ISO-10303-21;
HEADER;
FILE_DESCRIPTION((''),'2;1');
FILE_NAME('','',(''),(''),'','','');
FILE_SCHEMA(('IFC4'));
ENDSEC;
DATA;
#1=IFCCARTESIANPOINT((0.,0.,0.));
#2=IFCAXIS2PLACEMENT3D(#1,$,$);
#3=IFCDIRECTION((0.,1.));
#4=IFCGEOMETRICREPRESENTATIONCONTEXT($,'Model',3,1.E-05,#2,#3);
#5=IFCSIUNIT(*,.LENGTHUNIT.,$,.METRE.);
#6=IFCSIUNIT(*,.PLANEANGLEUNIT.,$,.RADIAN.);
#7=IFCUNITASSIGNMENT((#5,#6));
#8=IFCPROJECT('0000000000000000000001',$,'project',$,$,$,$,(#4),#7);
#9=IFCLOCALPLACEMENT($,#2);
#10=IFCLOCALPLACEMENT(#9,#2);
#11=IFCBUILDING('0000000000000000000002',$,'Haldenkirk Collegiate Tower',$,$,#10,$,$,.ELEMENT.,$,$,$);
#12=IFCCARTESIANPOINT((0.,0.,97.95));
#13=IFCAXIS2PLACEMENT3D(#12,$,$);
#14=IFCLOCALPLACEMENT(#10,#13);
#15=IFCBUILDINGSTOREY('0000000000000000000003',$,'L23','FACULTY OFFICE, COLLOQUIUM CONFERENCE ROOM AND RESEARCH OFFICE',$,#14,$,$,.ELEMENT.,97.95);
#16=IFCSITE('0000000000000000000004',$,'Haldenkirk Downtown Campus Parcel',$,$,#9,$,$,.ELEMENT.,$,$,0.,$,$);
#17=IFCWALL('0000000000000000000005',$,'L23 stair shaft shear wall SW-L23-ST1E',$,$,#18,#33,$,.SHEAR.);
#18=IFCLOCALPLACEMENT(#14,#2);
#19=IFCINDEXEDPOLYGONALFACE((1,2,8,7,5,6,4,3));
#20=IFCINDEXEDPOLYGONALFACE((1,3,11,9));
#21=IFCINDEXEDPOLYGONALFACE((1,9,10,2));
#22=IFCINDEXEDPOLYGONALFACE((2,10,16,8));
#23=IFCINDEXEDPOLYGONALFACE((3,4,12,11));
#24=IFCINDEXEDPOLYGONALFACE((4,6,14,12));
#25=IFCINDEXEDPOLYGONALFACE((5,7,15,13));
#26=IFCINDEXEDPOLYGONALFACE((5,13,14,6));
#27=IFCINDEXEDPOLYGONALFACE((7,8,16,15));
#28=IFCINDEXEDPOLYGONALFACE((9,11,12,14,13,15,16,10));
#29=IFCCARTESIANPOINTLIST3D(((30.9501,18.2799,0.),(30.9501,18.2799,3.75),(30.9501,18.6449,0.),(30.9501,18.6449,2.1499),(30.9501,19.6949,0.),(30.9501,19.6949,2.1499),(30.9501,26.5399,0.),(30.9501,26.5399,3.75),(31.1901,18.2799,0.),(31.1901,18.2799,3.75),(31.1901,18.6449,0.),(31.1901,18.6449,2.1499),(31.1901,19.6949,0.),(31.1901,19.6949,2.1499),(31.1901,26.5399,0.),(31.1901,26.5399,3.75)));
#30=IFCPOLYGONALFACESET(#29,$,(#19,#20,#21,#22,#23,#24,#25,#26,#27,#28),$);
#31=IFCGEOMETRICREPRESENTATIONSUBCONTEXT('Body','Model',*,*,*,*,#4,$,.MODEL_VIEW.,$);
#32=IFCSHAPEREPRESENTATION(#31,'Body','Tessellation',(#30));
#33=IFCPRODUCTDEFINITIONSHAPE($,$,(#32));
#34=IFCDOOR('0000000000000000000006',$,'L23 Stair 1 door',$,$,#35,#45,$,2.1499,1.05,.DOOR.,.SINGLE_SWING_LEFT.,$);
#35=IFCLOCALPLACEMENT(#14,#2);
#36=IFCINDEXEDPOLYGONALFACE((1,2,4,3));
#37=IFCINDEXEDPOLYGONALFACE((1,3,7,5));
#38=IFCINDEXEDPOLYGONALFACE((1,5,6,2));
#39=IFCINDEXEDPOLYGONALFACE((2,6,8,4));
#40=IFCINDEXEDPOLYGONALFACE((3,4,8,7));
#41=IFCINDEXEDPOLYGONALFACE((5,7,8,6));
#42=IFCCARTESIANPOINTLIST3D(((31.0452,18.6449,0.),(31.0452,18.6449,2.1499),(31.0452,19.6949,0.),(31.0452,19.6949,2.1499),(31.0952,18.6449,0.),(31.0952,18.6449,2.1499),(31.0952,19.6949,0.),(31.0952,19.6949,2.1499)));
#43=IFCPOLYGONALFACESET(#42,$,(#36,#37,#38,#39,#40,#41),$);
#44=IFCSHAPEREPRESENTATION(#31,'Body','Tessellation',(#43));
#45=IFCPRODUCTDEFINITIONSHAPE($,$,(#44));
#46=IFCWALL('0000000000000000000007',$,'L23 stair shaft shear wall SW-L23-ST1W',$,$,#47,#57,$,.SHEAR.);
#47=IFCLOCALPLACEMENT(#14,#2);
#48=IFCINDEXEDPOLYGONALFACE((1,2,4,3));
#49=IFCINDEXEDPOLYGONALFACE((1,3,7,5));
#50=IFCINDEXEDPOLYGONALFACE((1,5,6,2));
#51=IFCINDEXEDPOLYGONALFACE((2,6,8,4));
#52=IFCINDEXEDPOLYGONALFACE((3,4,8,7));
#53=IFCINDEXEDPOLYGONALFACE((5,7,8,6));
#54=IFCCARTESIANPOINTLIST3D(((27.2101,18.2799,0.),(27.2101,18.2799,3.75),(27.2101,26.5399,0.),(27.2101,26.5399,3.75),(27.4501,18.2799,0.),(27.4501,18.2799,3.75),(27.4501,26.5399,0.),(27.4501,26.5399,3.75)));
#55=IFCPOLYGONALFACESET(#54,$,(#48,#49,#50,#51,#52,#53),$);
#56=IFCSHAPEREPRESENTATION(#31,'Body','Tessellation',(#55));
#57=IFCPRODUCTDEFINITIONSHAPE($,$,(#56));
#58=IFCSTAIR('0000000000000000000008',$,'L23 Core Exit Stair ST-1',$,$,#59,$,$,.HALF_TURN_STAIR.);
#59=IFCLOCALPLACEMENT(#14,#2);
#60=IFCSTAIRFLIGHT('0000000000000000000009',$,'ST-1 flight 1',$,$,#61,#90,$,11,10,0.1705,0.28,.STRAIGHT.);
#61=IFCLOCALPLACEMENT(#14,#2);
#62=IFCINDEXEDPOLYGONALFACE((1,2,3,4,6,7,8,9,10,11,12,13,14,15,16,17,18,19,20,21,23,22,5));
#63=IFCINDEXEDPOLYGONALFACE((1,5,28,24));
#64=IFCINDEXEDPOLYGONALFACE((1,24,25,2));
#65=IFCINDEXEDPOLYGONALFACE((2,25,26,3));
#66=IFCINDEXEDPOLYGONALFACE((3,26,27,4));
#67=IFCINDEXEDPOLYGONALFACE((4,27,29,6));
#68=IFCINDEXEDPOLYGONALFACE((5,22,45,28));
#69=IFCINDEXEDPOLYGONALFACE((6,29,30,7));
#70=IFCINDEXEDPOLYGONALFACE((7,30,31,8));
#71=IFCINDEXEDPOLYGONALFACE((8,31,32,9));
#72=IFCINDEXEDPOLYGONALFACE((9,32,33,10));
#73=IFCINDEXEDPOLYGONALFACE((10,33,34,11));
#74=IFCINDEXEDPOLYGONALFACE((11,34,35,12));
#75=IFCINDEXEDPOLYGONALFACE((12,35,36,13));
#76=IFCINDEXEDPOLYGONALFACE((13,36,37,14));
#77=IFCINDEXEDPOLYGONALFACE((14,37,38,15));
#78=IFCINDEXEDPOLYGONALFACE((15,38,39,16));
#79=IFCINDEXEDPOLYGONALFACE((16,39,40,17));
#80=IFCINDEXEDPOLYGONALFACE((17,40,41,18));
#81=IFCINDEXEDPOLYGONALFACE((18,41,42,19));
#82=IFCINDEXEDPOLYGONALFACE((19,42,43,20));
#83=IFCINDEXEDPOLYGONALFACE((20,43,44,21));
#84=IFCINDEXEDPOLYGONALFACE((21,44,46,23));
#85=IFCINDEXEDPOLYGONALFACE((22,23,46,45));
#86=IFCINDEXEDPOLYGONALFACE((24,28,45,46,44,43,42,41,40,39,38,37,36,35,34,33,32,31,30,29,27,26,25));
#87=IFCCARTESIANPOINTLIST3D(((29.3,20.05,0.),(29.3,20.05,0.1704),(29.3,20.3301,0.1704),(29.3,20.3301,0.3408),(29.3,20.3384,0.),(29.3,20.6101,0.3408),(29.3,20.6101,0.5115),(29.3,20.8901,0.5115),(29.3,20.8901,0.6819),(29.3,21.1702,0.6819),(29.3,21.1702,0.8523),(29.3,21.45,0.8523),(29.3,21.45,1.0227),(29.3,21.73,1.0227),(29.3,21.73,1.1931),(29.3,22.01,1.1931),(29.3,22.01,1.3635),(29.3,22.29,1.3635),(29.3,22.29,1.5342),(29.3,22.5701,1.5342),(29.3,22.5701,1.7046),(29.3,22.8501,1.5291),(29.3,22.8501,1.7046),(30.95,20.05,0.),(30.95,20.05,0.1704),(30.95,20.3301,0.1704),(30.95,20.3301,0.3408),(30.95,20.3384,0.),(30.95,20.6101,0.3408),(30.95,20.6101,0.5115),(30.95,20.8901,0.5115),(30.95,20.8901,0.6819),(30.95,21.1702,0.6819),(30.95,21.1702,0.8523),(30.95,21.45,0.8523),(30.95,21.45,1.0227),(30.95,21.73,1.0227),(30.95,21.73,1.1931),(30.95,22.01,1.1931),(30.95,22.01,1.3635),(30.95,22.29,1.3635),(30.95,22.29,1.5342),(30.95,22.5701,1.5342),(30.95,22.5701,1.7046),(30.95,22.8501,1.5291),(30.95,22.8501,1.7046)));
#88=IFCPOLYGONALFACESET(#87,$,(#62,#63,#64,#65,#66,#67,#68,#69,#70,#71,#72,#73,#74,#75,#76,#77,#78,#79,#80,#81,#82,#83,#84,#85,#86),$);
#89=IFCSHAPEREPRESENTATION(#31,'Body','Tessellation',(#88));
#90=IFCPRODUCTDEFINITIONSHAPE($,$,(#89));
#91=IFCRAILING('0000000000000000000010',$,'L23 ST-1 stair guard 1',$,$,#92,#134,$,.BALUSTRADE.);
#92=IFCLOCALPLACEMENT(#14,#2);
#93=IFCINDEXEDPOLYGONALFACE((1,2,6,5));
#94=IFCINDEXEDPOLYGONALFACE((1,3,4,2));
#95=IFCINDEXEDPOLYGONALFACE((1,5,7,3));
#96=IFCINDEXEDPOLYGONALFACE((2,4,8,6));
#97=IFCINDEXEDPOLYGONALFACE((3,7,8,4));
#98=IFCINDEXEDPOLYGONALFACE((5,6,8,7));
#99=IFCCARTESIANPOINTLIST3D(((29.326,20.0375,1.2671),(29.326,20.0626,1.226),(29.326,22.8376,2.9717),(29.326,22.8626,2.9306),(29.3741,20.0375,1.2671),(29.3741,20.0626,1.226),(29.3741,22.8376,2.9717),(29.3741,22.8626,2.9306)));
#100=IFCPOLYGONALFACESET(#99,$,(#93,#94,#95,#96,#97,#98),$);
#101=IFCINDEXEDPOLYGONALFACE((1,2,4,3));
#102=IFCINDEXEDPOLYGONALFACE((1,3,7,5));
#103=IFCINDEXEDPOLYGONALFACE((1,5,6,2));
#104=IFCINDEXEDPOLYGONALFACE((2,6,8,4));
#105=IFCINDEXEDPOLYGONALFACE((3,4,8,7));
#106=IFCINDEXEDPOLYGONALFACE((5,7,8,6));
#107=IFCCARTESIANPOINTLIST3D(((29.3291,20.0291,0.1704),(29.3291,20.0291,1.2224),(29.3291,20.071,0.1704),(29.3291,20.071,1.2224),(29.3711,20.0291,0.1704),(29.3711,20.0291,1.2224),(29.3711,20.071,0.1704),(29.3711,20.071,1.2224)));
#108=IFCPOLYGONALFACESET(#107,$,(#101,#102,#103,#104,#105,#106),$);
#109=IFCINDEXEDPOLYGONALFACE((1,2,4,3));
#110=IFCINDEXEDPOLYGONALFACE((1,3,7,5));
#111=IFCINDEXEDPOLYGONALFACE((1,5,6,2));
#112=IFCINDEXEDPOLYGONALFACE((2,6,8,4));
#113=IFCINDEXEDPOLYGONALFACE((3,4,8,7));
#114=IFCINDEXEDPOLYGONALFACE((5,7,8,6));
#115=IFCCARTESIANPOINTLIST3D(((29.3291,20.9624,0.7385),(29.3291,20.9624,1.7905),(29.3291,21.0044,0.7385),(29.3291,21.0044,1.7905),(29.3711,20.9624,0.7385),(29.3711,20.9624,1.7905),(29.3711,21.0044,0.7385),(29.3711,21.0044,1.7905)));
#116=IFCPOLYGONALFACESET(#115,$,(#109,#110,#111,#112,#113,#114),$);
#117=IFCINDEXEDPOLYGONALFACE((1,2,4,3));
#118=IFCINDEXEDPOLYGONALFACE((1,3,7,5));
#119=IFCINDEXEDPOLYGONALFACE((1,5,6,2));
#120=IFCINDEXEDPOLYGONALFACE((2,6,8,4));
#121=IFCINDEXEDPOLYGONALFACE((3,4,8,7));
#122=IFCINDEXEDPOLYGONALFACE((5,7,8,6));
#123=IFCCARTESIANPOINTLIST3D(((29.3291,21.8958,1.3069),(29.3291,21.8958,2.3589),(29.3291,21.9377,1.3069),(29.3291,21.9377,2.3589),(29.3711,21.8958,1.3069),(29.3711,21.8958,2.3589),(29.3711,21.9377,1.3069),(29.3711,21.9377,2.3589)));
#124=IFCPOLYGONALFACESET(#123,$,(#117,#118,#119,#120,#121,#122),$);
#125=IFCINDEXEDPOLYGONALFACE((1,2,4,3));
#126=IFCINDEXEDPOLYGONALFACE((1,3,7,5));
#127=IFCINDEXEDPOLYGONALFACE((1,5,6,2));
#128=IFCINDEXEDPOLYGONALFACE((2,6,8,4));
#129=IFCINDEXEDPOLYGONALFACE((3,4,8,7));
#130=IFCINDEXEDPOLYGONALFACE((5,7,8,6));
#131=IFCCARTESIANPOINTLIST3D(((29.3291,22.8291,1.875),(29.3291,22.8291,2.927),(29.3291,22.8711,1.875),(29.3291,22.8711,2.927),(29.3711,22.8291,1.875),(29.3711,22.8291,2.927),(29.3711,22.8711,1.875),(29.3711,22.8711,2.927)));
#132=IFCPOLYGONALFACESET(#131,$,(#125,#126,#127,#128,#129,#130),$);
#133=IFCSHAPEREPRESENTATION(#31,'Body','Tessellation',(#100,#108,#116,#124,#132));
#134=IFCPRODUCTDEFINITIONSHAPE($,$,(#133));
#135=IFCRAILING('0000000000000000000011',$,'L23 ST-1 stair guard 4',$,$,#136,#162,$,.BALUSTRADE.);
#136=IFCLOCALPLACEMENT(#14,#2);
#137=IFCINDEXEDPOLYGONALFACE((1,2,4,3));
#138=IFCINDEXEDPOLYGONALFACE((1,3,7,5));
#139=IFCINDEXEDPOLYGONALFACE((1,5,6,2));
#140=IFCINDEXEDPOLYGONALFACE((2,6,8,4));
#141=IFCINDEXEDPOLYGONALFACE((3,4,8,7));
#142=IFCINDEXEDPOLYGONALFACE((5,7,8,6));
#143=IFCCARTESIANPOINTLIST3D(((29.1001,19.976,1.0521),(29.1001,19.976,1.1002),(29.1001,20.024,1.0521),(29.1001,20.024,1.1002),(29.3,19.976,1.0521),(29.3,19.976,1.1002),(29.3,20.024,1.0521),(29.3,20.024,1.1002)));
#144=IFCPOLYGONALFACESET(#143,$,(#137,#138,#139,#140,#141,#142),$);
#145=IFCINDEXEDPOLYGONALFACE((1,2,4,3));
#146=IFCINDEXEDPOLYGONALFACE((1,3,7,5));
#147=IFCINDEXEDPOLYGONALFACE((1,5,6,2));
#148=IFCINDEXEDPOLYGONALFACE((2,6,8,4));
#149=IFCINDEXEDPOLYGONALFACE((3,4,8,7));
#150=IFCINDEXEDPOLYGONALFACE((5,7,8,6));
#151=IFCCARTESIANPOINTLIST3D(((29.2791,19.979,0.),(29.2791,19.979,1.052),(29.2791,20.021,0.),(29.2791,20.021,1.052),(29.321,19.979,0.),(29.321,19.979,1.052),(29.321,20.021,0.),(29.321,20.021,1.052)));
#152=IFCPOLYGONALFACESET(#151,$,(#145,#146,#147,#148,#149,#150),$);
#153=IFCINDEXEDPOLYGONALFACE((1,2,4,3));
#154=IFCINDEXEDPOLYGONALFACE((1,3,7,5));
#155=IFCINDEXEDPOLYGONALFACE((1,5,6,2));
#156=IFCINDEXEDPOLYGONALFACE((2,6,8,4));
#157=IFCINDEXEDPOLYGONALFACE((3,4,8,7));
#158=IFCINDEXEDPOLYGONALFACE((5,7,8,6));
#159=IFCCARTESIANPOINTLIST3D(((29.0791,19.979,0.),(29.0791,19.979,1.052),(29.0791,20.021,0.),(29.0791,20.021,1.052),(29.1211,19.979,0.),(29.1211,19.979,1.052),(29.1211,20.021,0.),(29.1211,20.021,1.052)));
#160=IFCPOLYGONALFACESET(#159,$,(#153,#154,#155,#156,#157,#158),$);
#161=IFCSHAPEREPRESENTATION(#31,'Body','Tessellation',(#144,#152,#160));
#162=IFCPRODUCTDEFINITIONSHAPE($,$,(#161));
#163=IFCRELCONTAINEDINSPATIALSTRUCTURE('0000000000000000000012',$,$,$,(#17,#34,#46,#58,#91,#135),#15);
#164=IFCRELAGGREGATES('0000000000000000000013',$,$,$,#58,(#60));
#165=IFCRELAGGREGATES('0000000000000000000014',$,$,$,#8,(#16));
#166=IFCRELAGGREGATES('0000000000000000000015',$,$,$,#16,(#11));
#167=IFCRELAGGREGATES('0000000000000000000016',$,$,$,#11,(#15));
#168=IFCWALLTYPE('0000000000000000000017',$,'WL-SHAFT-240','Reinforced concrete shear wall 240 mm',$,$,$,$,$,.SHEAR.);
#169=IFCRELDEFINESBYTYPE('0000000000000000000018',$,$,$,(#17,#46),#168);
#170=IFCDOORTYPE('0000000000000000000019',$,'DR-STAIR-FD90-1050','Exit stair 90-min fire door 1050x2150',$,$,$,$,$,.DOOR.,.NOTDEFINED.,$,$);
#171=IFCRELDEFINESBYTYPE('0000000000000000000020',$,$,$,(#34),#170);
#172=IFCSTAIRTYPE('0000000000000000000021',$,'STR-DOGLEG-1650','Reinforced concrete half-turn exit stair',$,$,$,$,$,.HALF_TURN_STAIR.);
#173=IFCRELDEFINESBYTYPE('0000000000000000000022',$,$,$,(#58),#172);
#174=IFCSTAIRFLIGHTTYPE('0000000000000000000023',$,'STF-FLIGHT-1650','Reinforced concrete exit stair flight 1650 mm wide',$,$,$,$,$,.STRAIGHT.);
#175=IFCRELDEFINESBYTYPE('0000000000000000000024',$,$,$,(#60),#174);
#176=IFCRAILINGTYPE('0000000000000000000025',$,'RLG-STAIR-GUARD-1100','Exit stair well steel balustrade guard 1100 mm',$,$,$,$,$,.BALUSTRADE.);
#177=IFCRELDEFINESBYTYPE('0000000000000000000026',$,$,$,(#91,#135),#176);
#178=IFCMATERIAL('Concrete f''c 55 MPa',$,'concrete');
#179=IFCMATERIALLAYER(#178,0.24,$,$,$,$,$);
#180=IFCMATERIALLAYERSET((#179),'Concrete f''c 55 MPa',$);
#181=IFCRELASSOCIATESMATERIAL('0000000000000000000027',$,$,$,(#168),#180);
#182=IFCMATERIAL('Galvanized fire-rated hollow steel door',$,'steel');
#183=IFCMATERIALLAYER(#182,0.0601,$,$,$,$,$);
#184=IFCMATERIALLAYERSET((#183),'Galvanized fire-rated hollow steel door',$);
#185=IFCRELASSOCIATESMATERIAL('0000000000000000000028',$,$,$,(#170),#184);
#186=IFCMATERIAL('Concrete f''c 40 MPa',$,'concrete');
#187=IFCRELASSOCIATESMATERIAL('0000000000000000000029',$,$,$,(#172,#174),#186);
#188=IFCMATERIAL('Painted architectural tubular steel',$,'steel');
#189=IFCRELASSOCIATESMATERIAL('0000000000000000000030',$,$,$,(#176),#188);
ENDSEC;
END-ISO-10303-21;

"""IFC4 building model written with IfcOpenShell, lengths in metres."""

from ifc_helpers import new_model, si_unit, direction, frame, frame_2d, origin, origin_2d, place, context, subcontext, project, spatial, polyline, rectangle, outline, extrude, material, layer, layer_set, type_object, element, fill, aggregate, save


model = new_model("IFC4")

# Units and contexts
model_context = context("Model", 3, precision=1e-05, world=origin(), true_north=direction((0.0, 1.0)))
body_context = subcontext(model_context, "Body", "Model", "MODEL_VIEW")
ifc_project = project(units=[si_unit("LENGTHUNIT", "METRE"), si_unit("PLANEANGLEUNIT", "RADIAN")], contexts=[model_context])

# Site, building, storey
site_placement = place(None, origin())
site = spatial("IfcSite", under=ifc_project, at=site_placement, Name="Haldenkirk Downtown Campus Parcel", CompositionType="ELEMENT", RefElevation=0.0)
building_placement = place(site_placement, origin())
building = spatial("IfcBuilding", under=site, at=building_placement, Name="Haldenkirk Collegiate Tower", CompositionType="ELEMENT")
storey_placement = place(building_placement, frame((0.0, 0.0, 97.95)))
storey = spatial("IfcBuildingStorey", under=building, at=storey_placement, Name="L23", Description="FACULTY OFFICE, COLLOQUIUM CONFERENCE ROOM AND RESEARCH OFFICE", CompositionType="ELEMENT", Elevation=97.95)

# Shared definitions
ifc_material_1 = material(Name="Galvanized fire-rated hollow steel door", Category="steel")

# Wall, opening, door
ifc_material_2 = material(Name="Concrete f'c 55 MPa", Category="concrete")
ifc_layer_1 = layer(ifc_material_2, 0.24)
ifc_layer_set_1 = layer_set([ifc_layer_1], Name="Concrete f'c 55 MPa")
wall_type_1 = type_object("IfcWallType", Name="WL-SHAFT-240", Description="Reinforced concrete shear wall 240 mm", PredefinedType="SHEAR", material=ifc_layer_set_1)
wall_1_placement = place(storey_placement, frame((31.0701, 18.28, 0.0), z_axis=(0.0, 0.0, 1.0), x_axis=(0.0, 1.0, 0.0)))
wall_1 = element("IfcWall", 1, at=wall_1_placement, inside=storey, type_object=wall_type_1, Name="L23 stair shaft shear wall SW-L23-ST1E", PredefinedType="SHEAR", context=body_context, shape_type="SweptSolid", body=[
    extrude(rectangle(XDim=8.26, YDim=0.24, at=frame_2d((4.1299, 0.0))), origin(), (0.0, 0.0, 1.0), 3.75),
])
opening_1_placement = place(wall_1_placement, frame((0.365, 0.0, 0.0)))
opening_1 = element("IfcOpeningElement", 2, at=opening_1_placement, cuts=wall_1, PredefinedType="OPENING", context=body_context, shape_type="SweptSolid", body=[
    extrude(rectangle(XDim=1.05, YDim=2.1499, at=frame_2d((0.5249, 1.075))), frame((0.0, 0.1299, 0.0), z_axis=(0.0, -1.0, 0.0), x_axis=(1.0, 0.0, 0.0)), (0.0, 0.0, 1.0), 0.26),
])
ifc_layer_2 = layer(ifc_material_1, 0.0601)
ifc_layer_set_2 = layer_set([ifc_layer_2], Name="Galvanized fire-rated hollow steel door")
door_type_1 = type_object("IfcDoorType", Name="DR-STAIR-FD90-1050", Description="Exit stair 90-min fire door 1050x2150", OperationType="NOTDEFINED", PredefinedType="DOOR", material=ifc_layer_set_2)
door_1_placement = place(opening_1_placement, origin())
door_1 = element("IfcDoor", 3, at=door_1_placement, inside=storey, type_object=door_type_1, Name="L23 Stair 1 door", OperationType="SINGLE_SWING_LEFT", OverallHeight=2.1499, OverallWidth=1.05, PredefinedType="DOOR", context=body_context, shape_type="SweptSolid", body=[
    extrude(rectangle(XDim=1.05, YDim=2.1499, at=frame_2d((0.5249, 1.075))), frame((0.0, 0.0249, 0.0), z_axis=(0.0, -1.0, 0.0), x_axis=(1.0, 0.0, 0.0)), (0.0, 0.0, 1.0), 0.05),
])
fill(opening_1, door_1)

# Wall
wall_2_placement = place(storey_placement, frame((27.3301, 18.28, 0.0), z_axis=(0.0, 0.0, 1.0), x_axis=(0.0, 1.0, 0.0)))
element("IfcWall", 4, at=wall_2_placement, inside=storey, type_object=wall_type_1, Name="L23 stair shaft shear wall SW-L23-ST1W", PredefinedType="SHEAR", context=body_context, shape_type="SweptSolid", body=[
    extrude(rectangle(XDim=8.26, YDim=0.24, at=frame_2d((4.1299, 0.0))), origin(), (0.0, 0.0, 1.0), 3.75),
])

# Stair, stair flight
ifc_material_3 = material(Name="Concrete f'c 40 MPa", Category="concrete")
stair_type = type_object("IfcStairType", Name="STR-DOGLEG-1650", Description="Reinforced concrete half-turn exit stair", PredefinedType="HALF_TURN_STAIR", material=ifc_material_3)
stair_placement = place(storey_placement, origin())
stair = element("IfcStair", 5, at=stair_placement, inside=storey, type_object=stair_type, Name="L23 Core Exit Stair ST-1", PredefinedType="HALF_TURN_STAIR")
stair_flight_type = type_object("IfcStairFlightType", Name="STF-FLIGHT-1650", Description="Reinforced concrete exit stair flight 1650 mm wide", PredefinedType="STRAIGHT", material=ifc_material_3)
stair_flight_placement = place(storey_placement, frame((30.125, 20.05, 0.0), z_axis=(0.0, 0.0, 1.0), x_axis=(0.0, 1.0, 0.0)))
stair_flight = element("IfcStairFlight", 6, at=stair_flight_placement, type_object=stair_flight_type, Name="ST-1 flight 1", NumberOfRisers=11, NumberOfTreads=10, PredefinedType="STRAIGHT", RiserHeight=0.1705, TreadLength=0.28, context=body_context, shape_type="SweptSolid", body=[
    extrude(outline(polyline([(0.0, 0.0), (0.0, 0.1704), (0.28, 0.1704), (0.28, 0.3408), (0.5601, 0.3408), (0.5601, 0.5115), (0.8401, 0.5115), (0.8401, 0.6819), (1.1201, 0.6819), (1.1201, 0.8523), (1.3999, 0.8523), (1.3999, 1.0227), (1.6799, 1.0227), (1.6799, 1.1931), (1.96, 1.1931), (1.96, 1.3635), (2.24, 1.3635), (2.24, 1.5342), (2.52, 1.5342), (2.52, 1.7046), (2.8, 1.7046), (2.8, 1.875), (2.8, 1.5291), (0.2883, 0.0), (0.0, 0.0)])), frame((0.0, 0.825, 0.0), z_axis=(0.0, -1.0, 0.0), x_axis=(1.0, 0.0, 0.0)), (0.0, 0.0, 1.0), 1.6499),
])
aggregate(stair, [stair_flight])

# Railings
ifc_material_4 = material(Name="Painted architectural tubular steel", Category="steel")
railing_type_1 = type_object("IfcRailingType", Name="RLG-STAIR-GUARD-1100", Description="Exit stair well steel balustrade guard 1100 mm", PredefinedType="BALUSTRADE", material=ifc_material_4)
railing_1_placement = place(storey_placement, frame((29.3501, 20.05, 0.1704)))
element("IfcRailing", 7, at=railing_1_placement, inside=storey, type_object=railing_type_1, Name="L23 ST-1 stair guard 1", PredefinedType="BALUSTRADE", context=body_context, shape_type="SweptSolid", body=[
    extrude(rectangle(XDim=0.0481, YDim=0.0481, at=origin_2d()), frame((0.0, 0.0, 1.0762), z_axis=(0.0, 0.85417, 0.519994), x_axis=(-1.0, 0.0, 0.0)), (0.0, 0.0, 1.0), 3.2781),
    extrude(rectangle(XDim=0.042, YDim=0.042, at=origin_2d()), origin(), (0.0, 0.0, 1.0), 1.052),
    extrude(rectangle(XDim=0.042, YDim=0.042, at=origin_2d()), frame((0.0, 0.9333, 0.5681)), (0.0, 0.0, 1.0), 1.052),
    extrude(rectangle(XDim=0.042, YDim=0.042, at=origin_2d()), frame((0.0, 1.8667, 1.1365)), (0.0, 0.0, 1.0), 1.052),
    extrude(rectangle(XDim=0.042, YDim=0.042, at=origin_2d()), frame((0.0, 2.8, 1.7046)), (0.0, 0.0, 1.0), 1.052),
])
railing_2_placement = place(storey_placement, frame((29.3, 20.0, 0.0)))
element("IfcRailing", 8, at=railing_2_placement, inside=storey, type_object=railing_type_1, Name="L23 ST-1 stair guard 4", PredefinedType="BALUSTRADE", context=body_context, shape_type="SweptSolid", body=[
    extrude(rectangle(XDim=0.0481, YDim=0.0481, at=origin_2d()), frame((0.0, 0.0, 1.0762), z_axis=(-1.0, 0.0, 0.0), x_axis=(0.0, -1.0, 0.0)), (0.0, 0.0, 1.0), 0.2),
    extrude(rectangle(XDim=0.042, YDim=0.042, at=origin_2d()), origin(), (0.0, 0.0, 1.0), 1.052),
    extrude(rectangle(XDim=0.042, YDim=0.042, at=origin_2d()), frame((-0.2, 0.0, 0.0)), (0.0, 0.0, 1.0), 1.052),
])

save(model, "model.ifc")
